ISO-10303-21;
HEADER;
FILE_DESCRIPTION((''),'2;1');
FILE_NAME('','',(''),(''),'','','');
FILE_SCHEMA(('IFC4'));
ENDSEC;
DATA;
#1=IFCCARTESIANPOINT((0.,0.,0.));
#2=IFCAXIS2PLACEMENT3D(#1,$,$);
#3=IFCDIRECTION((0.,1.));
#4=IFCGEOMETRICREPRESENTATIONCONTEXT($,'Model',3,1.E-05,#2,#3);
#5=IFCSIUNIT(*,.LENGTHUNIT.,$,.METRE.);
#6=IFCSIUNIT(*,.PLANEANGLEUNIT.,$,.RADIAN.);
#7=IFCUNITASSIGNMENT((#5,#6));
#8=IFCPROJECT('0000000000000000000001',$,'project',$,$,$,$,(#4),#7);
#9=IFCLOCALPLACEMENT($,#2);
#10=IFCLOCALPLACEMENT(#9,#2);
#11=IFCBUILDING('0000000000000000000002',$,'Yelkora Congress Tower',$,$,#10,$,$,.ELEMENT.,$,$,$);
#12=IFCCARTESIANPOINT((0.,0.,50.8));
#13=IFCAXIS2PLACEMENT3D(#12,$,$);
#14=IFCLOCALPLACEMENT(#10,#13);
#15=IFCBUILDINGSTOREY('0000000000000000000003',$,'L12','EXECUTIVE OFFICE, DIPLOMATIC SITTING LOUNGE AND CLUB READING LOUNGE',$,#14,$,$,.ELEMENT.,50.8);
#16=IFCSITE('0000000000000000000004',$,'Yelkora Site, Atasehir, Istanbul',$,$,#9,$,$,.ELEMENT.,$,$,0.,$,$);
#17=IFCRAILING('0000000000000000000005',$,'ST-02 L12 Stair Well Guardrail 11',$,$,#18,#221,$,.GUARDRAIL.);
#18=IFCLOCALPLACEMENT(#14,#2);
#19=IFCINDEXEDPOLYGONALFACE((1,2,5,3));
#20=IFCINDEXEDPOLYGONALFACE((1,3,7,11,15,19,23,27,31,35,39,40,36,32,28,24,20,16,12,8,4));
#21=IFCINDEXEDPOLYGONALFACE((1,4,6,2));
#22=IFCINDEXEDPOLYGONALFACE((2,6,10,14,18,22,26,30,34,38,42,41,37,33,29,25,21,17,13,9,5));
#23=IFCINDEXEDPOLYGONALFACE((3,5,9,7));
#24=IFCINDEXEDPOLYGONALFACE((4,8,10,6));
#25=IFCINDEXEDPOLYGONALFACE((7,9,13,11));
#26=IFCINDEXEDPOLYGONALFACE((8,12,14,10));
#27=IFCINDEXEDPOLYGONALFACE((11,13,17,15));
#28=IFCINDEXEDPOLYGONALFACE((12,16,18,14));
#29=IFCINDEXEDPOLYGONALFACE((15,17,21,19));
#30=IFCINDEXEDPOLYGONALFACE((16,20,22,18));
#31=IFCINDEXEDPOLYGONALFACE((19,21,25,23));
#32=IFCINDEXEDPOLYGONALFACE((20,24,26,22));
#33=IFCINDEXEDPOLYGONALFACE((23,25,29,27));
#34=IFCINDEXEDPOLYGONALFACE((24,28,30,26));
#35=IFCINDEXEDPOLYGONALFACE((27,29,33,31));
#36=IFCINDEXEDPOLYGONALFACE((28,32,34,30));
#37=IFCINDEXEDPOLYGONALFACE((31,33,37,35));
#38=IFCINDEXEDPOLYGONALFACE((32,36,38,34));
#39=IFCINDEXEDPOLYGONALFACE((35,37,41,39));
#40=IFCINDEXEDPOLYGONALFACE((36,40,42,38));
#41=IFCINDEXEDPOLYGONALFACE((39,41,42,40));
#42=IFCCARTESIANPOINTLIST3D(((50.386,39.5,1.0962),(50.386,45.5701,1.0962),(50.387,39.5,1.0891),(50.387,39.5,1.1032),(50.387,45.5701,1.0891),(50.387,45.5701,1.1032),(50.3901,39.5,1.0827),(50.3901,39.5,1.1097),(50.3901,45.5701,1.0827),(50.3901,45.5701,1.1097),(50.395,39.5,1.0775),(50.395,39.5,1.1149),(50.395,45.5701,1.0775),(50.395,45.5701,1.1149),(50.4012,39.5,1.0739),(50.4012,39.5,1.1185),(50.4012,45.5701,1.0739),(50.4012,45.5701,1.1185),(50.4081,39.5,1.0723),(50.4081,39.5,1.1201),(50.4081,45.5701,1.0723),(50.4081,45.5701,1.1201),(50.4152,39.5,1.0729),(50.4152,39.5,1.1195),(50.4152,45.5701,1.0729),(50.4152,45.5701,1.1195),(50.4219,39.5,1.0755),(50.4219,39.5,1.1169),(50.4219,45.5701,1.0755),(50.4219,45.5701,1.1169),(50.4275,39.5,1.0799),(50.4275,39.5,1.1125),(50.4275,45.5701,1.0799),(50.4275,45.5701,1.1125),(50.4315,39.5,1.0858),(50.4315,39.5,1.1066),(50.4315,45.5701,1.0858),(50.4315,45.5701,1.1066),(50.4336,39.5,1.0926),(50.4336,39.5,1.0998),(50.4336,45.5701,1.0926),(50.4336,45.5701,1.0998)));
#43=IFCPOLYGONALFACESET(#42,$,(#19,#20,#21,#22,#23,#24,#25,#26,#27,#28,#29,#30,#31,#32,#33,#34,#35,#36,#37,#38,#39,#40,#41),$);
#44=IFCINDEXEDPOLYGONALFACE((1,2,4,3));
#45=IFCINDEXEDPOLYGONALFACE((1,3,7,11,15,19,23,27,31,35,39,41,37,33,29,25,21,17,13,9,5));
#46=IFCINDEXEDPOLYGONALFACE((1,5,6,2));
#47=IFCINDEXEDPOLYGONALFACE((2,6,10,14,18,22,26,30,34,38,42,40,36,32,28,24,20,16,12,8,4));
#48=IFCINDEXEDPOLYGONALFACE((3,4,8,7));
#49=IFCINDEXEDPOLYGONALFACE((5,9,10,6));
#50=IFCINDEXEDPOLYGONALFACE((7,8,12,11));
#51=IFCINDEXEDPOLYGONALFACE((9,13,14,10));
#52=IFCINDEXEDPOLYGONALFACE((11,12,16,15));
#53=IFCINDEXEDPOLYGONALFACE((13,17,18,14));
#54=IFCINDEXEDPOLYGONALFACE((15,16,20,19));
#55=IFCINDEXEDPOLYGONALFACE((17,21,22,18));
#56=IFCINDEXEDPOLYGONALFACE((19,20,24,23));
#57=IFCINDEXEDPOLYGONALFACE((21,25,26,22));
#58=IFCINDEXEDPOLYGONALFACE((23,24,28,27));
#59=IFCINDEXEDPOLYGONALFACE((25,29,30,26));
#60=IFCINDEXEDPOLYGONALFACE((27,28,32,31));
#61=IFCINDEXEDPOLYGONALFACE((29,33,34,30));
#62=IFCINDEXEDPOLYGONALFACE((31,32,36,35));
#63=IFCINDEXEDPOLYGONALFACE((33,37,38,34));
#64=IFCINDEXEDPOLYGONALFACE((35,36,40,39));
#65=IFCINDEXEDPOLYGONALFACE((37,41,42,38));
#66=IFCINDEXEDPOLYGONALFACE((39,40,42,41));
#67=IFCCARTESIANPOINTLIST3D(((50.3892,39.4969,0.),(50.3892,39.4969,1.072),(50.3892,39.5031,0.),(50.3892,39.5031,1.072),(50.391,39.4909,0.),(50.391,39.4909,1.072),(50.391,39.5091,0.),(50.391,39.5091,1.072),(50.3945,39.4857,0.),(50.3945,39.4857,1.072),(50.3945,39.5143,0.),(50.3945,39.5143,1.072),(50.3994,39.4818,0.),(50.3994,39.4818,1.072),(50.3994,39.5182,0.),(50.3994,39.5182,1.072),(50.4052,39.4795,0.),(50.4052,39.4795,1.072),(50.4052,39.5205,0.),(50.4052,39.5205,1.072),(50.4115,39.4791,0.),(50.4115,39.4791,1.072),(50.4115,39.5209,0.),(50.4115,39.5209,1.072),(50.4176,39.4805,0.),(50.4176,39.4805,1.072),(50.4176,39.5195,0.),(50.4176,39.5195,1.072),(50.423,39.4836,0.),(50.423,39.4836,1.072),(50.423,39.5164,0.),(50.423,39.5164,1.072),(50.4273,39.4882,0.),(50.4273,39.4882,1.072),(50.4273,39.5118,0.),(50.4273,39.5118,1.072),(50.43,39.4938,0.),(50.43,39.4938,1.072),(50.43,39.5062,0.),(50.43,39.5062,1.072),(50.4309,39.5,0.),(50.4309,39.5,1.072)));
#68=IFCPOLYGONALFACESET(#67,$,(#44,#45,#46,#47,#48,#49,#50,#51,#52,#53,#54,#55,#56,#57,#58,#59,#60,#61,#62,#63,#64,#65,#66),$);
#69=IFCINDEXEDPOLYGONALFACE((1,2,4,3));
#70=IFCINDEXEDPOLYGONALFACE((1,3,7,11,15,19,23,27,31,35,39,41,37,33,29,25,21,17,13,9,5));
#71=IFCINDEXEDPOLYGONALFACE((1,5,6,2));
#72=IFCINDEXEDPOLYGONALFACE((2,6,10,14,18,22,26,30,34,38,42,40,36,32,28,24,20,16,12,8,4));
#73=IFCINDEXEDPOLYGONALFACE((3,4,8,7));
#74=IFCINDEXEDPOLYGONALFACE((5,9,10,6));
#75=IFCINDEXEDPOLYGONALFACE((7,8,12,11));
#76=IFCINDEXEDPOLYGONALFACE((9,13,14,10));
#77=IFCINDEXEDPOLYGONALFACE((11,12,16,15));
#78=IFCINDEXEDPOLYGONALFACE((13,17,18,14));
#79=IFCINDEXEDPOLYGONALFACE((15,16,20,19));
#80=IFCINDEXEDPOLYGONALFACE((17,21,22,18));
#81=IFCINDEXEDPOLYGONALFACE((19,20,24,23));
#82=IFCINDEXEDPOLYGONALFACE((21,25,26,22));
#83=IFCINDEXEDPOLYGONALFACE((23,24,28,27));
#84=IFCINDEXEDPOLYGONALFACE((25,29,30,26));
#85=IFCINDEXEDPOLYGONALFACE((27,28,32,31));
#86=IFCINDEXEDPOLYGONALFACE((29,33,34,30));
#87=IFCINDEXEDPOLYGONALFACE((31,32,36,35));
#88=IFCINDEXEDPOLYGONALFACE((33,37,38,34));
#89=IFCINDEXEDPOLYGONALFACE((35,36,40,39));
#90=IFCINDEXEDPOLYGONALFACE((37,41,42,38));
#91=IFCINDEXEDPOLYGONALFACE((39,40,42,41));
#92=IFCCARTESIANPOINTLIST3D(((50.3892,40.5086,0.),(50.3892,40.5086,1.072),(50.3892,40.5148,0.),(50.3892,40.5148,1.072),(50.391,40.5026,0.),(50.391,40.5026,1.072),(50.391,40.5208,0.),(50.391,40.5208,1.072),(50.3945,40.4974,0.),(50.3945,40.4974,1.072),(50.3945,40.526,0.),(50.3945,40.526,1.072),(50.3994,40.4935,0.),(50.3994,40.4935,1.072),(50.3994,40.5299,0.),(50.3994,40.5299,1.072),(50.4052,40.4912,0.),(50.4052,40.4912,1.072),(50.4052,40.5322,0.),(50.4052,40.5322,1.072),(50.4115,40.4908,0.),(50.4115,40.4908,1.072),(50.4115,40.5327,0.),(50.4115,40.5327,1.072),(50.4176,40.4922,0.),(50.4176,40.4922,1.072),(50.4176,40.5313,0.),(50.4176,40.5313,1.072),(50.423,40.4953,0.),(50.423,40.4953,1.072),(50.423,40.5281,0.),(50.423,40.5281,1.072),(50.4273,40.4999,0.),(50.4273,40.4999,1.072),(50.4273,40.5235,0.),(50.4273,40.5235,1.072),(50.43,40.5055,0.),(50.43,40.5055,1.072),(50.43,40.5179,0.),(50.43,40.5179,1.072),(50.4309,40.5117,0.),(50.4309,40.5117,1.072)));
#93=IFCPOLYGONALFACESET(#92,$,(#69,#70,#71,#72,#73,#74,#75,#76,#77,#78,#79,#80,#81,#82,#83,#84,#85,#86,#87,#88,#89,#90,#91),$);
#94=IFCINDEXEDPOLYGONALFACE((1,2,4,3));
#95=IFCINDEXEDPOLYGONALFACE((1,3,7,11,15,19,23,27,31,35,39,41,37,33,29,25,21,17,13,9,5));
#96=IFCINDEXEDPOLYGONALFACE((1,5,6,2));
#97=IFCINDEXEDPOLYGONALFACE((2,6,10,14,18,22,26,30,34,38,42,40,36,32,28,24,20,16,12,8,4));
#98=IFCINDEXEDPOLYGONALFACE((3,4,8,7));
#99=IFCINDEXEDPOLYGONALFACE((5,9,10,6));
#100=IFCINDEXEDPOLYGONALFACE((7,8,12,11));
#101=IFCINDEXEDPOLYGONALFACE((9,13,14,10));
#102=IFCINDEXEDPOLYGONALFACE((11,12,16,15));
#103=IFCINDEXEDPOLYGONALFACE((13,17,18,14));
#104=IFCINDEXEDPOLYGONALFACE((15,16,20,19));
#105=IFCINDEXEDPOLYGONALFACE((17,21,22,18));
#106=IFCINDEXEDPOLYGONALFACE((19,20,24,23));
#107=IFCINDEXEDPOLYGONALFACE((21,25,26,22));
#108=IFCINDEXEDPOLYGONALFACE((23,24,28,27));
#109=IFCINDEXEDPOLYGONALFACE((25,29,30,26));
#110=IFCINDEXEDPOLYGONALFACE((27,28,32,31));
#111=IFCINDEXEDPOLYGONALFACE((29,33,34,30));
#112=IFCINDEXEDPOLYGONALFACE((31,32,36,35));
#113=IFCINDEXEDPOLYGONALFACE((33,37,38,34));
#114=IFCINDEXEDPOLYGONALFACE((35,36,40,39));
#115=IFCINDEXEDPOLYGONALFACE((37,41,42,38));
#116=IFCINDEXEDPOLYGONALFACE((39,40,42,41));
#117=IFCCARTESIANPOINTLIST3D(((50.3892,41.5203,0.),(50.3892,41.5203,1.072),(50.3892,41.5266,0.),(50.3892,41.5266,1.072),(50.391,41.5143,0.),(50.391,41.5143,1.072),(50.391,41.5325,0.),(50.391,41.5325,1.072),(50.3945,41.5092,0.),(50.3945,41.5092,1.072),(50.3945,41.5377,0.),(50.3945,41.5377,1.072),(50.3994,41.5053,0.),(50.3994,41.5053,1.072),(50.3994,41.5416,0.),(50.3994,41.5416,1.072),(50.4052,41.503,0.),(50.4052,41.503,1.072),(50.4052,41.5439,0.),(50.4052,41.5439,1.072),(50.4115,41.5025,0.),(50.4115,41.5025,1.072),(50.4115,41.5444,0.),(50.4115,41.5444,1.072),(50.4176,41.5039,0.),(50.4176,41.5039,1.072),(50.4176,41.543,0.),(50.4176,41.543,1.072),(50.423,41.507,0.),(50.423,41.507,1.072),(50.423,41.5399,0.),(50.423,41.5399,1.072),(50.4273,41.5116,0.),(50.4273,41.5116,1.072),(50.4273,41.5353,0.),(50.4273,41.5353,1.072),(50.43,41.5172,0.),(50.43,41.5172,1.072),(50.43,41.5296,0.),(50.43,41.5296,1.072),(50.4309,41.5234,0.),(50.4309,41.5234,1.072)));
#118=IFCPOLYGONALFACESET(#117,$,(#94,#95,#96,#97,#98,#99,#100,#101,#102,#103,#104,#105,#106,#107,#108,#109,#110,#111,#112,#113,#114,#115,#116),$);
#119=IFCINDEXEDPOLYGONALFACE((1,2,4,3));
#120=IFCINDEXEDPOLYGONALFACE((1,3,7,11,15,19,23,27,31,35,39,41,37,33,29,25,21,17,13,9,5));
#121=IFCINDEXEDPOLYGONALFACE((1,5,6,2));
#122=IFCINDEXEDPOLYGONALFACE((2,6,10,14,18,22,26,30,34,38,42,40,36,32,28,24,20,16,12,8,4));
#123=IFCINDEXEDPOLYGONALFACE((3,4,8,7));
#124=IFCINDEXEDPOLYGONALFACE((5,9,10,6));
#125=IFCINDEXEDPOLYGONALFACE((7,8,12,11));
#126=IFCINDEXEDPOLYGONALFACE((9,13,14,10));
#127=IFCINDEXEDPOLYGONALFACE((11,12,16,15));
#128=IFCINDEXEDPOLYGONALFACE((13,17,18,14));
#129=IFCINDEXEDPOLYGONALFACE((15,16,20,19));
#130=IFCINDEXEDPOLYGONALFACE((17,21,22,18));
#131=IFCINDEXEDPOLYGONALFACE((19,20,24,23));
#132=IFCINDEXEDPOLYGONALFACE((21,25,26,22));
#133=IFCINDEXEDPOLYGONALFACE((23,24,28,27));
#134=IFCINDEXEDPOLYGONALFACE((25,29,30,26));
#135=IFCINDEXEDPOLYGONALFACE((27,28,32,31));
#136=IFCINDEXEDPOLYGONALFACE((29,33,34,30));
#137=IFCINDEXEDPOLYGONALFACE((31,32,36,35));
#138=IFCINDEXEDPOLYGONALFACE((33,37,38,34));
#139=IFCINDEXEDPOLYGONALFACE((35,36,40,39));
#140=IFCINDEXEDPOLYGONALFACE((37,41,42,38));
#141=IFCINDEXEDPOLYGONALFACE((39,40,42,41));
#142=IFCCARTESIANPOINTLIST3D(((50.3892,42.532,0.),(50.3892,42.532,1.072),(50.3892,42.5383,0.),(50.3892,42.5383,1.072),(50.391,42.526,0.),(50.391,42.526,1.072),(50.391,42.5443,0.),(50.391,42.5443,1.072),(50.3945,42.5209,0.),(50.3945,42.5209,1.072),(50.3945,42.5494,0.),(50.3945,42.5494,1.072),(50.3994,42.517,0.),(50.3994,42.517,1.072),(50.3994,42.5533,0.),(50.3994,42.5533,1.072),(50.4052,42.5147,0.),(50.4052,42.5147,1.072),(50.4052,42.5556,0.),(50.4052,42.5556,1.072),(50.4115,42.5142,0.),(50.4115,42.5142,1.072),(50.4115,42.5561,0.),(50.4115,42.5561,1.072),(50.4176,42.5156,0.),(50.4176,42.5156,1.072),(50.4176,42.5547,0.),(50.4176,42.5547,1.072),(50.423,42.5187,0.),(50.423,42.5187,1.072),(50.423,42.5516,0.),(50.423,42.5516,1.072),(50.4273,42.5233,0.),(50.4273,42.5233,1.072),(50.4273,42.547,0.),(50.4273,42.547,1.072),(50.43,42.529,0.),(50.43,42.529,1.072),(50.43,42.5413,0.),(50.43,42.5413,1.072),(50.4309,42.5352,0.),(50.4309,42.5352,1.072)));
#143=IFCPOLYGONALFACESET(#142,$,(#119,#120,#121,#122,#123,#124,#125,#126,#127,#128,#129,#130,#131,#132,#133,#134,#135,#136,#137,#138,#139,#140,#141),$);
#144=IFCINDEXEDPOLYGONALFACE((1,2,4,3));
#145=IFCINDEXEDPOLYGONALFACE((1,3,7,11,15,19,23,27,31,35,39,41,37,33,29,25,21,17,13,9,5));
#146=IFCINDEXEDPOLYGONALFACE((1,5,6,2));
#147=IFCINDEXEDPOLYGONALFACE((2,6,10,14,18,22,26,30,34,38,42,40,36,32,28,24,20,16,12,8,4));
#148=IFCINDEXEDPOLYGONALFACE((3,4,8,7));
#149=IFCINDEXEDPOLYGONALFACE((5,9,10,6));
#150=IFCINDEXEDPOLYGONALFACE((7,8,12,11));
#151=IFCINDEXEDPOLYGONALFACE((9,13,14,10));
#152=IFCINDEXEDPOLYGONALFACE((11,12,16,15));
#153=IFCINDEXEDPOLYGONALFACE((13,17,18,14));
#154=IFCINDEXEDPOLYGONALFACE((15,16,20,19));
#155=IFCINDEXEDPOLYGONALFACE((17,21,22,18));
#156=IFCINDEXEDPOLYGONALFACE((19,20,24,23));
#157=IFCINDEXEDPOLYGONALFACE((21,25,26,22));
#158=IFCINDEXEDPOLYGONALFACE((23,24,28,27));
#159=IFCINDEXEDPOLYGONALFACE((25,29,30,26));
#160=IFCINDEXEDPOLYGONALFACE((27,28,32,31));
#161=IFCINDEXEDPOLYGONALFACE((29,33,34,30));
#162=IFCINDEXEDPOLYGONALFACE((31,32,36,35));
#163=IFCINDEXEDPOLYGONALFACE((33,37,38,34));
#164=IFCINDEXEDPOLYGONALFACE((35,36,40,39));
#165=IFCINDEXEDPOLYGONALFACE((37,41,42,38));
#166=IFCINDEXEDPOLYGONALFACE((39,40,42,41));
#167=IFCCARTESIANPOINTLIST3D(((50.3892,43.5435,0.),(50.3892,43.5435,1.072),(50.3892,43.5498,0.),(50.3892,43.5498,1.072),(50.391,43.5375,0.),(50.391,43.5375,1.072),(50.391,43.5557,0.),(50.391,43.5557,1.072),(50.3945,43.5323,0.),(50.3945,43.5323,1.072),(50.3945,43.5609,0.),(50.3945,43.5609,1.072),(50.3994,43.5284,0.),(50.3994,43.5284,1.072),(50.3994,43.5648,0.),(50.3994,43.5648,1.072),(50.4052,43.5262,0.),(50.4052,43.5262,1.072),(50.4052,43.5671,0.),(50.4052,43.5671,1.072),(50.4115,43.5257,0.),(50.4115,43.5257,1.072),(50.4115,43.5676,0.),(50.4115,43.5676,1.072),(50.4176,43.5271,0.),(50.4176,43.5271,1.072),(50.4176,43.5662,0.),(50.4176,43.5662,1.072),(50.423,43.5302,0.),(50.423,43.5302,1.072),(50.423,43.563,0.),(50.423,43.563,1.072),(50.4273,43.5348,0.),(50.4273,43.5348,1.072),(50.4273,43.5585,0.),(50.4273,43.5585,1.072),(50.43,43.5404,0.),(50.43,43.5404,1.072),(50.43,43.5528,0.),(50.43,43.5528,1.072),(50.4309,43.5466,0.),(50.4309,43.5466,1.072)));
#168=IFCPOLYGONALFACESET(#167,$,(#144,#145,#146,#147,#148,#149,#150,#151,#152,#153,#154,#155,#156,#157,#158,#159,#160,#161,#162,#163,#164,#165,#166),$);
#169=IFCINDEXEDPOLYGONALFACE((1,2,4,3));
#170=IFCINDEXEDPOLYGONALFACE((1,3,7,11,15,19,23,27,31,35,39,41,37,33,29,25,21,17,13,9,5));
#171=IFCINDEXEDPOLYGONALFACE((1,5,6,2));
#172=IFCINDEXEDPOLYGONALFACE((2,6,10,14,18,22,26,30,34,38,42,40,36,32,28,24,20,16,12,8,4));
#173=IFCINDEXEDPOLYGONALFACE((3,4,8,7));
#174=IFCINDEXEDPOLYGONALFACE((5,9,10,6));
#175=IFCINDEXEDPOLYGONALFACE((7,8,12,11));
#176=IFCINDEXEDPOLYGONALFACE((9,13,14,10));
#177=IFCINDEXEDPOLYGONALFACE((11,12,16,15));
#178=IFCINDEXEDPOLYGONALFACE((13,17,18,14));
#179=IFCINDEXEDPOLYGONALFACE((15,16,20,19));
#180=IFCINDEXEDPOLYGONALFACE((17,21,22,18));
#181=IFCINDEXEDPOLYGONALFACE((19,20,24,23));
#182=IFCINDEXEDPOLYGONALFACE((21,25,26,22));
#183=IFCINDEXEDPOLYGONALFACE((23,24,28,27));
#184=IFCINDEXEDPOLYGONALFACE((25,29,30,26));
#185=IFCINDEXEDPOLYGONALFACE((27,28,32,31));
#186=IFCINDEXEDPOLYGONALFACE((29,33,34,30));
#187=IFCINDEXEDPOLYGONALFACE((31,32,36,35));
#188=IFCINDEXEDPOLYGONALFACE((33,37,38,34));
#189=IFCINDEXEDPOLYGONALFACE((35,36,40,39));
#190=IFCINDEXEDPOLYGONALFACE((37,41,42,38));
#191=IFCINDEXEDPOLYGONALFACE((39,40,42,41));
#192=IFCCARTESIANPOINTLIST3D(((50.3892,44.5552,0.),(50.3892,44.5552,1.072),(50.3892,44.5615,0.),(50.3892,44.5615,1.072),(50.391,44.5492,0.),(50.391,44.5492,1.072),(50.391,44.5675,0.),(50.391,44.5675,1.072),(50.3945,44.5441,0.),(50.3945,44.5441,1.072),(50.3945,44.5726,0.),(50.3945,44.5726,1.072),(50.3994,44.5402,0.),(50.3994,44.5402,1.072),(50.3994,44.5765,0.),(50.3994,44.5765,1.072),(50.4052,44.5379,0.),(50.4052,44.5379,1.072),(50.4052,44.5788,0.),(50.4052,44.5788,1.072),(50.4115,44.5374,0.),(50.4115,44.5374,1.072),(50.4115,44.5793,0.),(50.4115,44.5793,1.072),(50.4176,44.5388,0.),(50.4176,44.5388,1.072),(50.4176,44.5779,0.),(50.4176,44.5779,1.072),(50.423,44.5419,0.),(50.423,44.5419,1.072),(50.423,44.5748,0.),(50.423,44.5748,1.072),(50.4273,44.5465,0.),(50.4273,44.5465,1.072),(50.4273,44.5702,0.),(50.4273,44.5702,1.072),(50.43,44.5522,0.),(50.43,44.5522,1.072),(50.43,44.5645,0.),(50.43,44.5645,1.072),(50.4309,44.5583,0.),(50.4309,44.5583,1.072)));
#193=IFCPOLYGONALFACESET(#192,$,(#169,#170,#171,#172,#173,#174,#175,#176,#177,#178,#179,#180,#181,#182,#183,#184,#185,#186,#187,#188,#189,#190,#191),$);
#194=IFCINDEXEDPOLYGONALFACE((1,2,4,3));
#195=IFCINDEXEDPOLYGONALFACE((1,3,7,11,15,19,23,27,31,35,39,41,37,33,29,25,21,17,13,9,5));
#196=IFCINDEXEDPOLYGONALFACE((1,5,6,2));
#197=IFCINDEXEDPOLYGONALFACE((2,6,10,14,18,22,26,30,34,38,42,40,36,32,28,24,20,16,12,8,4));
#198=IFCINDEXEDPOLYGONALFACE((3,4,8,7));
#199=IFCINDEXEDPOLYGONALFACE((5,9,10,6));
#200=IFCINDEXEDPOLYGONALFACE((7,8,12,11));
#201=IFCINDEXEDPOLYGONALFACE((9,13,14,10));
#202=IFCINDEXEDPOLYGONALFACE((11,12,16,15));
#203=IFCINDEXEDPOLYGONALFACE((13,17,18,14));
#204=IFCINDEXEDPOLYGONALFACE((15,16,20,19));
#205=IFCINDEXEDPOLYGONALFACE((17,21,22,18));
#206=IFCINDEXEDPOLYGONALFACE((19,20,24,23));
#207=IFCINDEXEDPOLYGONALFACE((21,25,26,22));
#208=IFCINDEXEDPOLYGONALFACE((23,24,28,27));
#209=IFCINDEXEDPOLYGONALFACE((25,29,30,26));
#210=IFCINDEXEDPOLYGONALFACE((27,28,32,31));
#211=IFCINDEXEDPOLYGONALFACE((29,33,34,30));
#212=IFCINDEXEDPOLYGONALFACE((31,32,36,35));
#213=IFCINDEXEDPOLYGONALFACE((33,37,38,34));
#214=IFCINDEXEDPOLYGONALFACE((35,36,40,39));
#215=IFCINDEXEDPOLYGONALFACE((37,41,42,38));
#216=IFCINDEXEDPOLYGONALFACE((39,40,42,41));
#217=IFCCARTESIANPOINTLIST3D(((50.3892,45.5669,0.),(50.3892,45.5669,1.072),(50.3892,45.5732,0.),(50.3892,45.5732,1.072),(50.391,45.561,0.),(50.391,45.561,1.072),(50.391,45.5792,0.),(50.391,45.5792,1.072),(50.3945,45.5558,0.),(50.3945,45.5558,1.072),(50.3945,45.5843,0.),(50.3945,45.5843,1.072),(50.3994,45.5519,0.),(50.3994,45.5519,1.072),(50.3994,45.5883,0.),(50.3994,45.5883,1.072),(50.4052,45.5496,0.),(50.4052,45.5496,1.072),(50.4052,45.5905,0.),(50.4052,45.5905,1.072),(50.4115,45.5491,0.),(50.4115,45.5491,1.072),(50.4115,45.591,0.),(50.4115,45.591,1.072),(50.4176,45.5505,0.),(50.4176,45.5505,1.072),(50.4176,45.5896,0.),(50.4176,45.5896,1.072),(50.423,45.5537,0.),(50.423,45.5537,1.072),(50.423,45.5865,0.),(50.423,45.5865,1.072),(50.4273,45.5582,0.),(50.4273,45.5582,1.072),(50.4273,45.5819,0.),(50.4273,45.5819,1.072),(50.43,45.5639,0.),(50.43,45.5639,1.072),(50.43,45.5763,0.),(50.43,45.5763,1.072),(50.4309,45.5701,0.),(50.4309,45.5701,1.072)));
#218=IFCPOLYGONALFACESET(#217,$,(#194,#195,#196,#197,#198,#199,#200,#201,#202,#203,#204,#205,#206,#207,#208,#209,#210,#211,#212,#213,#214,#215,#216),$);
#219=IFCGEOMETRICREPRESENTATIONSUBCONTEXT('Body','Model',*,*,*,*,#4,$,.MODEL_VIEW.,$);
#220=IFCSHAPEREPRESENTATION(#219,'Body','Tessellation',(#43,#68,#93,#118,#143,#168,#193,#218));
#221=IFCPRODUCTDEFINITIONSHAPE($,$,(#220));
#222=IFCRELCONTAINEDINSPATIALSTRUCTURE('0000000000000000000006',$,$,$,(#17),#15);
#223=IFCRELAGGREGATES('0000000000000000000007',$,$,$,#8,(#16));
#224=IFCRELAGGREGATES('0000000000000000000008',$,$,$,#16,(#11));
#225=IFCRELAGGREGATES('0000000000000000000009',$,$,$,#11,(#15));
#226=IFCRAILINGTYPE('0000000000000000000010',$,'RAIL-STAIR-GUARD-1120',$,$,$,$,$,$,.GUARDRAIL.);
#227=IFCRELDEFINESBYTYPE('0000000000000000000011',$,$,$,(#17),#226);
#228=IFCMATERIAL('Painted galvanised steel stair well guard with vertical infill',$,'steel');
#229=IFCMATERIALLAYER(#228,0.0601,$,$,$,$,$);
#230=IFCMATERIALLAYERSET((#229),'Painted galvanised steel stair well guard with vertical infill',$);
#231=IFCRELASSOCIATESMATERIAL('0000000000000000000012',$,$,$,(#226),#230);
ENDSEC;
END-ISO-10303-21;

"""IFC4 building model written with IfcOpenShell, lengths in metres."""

from ifc_helpers import new_model, si_unit, direction, frame, origin, origin_2d, place, context, subcontext, project, spatial, circle, extrude, material, layer, layer_set, type_object, element, save


model = new_model("IFC4")

# Units and contexts
model_context = context("Model", 3, precision=1e-05, world=origin(), true_north=direction((0.0, 1.0)))
body_context = subcontext(model_context, "Body", "Model", "MODEL_VIEW")
ifc_project = project(units=[si_unit("LENGTHUNIT", "METRE"), si_unit("PLANEANGLEUNIT", "RADIAN")], contexts=[model_context])

# Site, building, storey
site_placement = place(None, origin())
site = spatial("IfcSite", under=ifc_project, at=site_placement, Name="Yelkora Site, Atasehir, Istanbul", CompositionType="ELEMENT", RefElevation=0.0)
building_placement = place(site_placement, origin())
building = spatial("IfcBuilding", under=site, at=building_placement, Name="Yelkora Congress Tower", CompositionType="ELEMENT")
storey_placement = place(building_placement, frame((0.0, 0.0, 50.8)))
storey = spatial("IfcBuildingStorey", under=building, at=storey_placement, Name="L12", Description="EXECUTIVE OFFICE, DIPLOMATIC SITTING LOUNGE AND CLUB READING LOUNGE", CompositionType="ELEMENT", Elevation=50.8)

# Railing
ifc_material_1 = material(Name="Painted galvanised steel stair well guard with vertical infill", Category="steel")
ifc_layer_1 = layer(ifc_material_1, 0.0601)
ifc_layer_set_1 = layer_set([ifc_layer_1], Name="Painted galvanised steel stair well guard with vertical infill")
railing_type_1 = type_object("IfcRailingType", Name="RAIL-STAIR-GUARD-1120", PredefinedType="GUARDRAIL", material=ifc_layer_set_1)
railing_1_placement = place(storey_placement, frame((50.4099, 39.5, 0.0)))
element("IfcRailing", 1, at=railing_1_placement, inside=storey, type_object=railing_type_1, Name="ST-02 L12 Stair Well Guardrail 11", PredefinedType="GUARDRAIL", context=body_context, shape_type="SweptSolid", body=[
    extrude(circle(Radius=0.0239, at=origin_2d()), frame((0.0, 0.0, 1.0962), z_axis=(0.0, 1.0, 0.0), x_axis=(-1.0, 0.0, 0.0)), (0.0, 0.0, 1.0), 6.0701),
    extrude(circle(Radius=0.021, at=origin_2d()), origin(), (0.0, 0.0, 1.0), 1.072),
    extrude(circle(Radius=0.021, at=origin_2d()), frame((0.0, 1.0117, 0.0)), (0.0, 0.0, 1.0), 1.072),
    extrude(circle(Radius=0.021, at=origin_2d()), frame((0.0, 2.0234, 0.0)), (0.0, 0.0, 1.0), 1.072),
    extrude(circle(Radius=0.021, at=origin_2d()), frame((0.0, 3.0352, 0.0)), (0.0, 0.0, 1.0), 1.072),
    extrude(circle(Radius=0.021, at=origin_2d()), frame((0.0, 4.0466, 0.0)), (0.0, 0.0, 1.0), 1.072),
    extrude(circle(Radius=0.021, at=origin_2d()), frame((0.0, 5.0583, 0.0)), (0.0, 0.0, 1.0), 1.072),
    extrude(circle(Radius=0.021, at=origin_2d()), frame((0.0, 6.0701, 0.0)), (0.0, 0.0, 1.0), 1.072),
])

save(model, "model.ifc")
